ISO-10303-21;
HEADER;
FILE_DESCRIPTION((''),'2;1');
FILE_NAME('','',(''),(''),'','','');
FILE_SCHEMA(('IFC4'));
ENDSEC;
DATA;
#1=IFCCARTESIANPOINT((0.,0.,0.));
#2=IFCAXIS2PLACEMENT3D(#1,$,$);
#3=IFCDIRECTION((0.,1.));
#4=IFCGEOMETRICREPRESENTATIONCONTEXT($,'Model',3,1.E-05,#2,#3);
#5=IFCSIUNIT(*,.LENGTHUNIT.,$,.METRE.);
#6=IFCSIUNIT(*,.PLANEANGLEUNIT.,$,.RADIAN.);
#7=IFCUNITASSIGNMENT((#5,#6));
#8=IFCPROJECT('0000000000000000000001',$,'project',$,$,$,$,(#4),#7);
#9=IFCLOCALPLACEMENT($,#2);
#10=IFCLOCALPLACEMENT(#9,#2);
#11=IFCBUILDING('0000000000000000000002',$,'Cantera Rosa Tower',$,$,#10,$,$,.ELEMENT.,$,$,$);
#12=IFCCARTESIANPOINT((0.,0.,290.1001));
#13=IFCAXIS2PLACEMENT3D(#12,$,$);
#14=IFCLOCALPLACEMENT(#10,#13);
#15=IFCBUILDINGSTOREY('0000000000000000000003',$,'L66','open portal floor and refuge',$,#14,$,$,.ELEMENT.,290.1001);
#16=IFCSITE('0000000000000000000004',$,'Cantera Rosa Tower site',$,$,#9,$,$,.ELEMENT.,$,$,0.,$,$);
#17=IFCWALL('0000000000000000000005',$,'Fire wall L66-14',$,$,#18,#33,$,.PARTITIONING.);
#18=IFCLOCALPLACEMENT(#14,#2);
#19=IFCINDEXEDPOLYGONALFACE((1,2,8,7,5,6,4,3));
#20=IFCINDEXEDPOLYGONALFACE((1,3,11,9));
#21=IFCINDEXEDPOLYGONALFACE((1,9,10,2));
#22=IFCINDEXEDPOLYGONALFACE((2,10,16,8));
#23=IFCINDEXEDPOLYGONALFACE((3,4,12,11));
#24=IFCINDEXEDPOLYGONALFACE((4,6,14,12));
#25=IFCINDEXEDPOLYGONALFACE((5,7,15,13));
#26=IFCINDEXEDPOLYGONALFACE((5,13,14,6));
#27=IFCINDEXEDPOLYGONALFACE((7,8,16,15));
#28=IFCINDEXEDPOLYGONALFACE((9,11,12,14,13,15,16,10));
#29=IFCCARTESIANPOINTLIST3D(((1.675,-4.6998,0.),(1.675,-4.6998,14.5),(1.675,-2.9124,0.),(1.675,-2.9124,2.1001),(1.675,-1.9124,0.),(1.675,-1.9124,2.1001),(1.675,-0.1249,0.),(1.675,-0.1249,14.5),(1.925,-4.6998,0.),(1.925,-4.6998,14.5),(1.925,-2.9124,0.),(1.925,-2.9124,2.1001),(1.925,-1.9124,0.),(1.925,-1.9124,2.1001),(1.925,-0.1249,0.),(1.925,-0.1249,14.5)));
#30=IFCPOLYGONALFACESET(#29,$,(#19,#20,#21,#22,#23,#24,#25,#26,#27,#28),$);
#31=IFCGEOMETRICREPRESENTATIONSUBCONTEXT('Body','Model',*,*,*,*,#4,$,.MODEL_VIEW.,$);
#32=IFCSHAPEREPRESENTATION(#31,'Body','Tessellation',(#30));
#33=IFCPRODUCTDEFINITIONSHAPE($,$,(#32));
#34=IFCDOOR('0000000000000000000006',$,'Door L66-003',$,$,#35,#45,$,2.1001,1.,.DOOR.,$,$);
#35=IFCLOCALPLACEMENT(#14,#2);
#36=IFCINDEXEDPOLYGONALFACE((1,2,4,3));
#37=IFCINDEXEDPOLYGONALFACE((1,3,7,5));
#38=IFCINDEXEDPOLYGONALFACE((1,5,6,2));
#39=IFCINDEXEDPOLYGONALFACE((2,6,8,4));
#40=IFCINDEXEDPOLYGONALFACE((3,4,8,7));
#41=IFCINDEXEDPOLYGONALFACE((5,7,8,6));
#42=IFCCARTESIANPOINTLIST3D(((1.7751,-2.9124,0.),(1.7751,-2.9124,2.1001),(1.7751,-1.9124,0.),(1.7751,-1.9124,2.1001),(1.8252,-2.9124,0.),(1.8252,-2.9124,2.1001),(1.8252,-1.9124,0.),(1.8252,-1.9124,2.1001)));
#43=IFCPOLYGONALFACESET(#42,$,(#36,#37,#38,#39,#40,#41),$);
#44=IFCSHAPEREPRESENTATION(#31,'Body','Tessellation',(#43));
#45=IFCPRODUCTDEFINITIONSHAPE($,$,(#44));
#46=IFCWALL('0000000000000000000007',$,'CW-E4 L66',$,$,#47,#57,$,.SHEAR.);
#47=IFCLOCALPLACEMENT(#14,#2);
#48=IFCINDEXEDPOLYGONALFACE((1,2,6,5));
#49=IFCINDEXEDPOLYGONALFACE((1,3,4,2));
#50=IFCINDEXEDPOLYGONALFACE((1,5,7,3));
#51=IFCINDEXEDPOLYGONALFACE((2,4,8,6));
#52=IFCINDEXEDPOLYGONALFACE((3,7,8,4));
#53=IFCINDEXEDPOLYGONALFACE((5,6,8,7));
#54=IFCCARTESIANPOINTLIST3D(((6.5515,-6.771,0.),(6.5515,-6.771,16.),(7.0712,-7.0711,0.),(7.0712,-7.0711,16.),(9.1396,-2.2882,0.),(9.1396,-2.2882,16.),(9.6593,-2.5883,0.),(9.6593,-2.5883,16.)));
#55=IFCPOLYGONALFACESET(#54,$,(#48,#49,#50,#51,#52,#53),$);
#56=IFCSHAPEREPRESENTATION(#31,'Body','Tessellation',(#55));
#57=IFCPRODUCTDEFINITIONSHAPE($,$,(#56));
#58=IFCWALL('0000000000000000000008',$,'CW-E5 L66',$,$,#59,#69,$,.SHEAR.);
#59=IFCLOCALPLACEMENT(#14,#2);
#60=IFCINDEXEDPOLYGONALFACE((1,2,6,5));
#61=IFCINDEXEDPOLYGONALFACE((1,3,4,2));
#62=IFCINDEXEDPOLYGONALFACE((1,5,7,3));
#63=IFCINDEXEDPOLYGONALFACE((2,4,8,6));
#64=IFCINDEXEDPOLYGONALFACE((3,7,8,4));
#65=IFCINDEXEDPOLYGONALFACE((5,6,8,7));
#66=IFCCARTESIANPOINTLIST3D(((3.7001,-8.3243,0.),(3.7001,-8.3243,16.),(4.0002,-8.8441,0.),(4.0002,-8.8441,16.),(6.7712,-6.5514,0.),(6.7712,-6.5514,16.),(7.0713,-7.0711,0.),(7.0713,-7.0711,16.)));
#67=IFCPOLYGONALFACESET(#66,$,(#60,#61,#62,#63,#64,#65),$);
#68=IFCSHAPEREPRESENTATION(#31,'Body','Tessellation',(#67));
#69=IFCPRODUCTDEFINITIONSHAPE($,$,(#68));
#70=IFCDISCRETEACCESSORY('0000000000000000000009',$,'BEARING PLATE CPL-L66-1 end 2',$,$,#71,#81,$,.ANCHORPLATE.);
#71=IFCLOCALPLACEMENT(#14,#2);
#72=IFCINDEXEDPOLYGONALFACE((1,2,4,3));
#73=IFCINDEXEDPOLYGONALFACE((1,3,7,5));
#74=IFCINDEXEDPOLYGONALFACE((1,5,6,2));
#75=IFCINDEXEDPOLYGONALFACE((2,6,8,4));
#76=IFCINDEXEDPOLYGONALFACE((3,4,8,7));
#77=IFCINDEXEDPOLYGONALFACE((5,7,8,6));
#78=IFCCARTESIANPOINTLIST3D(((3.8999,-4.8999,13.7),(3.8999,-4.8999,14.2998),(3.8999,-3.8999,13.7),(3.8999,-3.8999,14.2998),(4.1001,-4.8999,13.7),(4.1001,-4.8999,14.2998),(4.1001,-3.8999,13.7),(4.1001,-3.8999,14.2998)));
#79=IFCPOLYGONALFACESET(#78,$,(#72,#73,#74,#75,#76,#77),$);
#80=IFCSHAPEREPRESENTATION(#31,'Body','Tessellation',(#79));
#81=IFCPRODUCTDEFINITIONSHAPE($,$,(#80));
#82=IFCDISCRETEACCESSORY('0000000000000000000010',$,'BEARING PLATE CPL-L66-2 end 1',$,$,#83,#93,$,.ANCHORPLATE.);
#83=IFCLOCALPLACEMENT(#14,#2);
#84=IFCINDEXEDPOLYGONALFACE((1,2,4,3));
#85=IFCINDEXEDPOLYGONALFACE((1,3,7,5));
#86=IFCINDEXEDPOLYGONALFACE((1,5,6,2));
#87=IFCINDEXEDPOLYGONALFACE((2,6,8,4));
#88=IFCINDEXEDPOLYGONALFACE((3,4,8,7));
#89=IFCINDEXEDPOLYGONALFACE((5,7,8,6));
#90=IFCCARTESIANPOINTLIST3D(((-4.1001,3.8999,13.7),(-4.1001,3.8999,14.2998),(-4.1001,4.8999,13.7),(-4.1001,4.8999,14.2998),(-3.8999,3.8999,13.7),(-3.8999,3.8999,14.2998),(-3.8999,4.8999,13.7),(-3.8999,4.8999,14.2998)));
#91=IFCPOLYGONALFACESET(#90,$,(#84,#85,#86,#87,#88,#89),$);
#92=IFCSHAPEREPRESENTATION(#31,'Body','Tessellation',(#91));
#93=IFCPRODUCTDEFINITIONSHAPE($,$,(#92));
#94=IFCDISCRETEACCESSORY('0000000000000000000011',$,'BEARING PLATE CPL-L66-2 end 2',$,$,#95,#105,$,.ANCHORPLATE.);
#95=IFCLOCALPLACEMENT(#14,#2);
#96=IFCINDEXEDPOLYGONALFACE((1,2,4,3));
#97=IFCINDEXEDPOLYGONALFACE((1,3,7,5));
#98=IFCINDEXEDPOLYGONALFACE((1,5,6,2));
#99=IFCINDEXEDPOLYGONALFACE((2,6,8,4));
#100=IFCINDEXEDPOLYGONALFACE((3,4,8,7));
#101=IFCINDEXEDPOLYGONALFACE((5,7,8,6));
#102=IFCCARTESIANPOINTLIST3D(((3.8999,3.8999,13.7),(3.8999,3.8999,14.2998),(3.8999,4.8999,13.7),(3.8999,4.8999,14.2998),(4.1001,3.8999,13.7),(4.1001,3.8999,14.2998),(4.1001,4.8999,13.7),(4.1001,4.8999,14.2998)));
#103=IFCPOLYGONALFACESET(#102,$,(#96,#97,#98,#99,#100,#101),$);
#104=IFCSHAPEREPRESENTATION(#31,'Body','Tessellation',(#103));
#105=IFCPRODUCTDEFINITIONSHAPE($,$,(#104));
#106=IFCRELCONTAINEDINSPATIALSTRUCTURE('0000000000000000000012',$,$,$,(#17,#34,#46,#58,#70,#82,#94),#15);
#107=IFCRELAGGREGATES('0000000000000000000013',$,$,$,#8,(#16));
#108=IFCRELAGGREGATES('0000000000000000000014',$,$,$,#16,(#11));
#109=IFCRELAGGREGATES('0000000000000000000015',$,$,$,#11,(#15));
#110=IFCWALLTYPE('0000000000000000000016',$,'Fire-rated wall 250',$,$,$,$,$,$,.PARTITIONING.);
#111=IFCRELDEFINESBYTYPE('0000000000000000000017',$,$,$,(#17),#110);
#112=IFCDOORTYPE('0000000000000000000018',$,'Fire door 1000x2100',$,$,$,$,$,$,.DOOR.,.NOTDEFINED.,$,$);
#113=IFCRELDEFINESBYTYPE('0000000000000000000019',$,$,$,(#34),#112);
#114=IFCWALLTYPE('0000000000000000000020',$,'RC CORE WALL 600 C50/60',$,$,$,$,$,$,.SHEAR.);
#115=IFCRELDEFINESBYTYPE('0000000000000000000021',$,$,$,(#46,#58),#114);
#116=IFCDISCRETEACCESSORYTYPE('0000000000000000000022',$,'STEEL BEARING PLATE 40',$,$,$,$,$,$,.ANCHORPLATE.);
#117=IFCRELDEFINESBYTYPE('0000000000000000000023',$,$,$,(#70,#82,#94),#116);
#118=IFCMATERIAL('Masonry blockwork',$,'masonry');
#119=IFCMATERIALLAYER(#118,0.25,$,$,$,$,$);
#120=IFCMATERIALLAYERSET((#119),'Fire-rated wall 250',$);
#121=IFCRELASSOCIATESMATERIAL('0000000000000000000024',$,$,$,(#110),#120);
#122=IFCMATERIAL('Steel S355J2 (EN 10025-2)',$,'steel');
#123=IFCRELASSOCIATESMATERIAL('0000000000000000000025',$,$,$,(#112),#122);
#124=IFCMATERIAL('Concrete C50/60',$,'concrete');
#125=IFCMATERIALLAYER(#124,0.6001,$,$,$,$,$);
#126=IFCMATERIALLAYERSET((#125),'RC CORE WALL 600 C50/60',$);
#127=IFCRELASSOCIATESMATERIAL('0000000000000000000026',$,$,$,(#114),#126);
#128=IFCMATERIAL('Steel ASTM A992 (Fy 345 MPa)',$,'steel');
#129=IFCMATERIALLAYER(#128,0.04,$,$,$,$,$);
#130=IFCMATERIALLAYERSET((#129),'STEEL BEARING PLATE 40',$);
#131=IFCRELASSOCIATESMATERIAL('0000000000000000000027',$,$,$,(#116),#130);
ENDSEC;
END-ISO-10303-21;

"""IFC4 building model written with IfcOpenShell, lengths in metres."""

from ifc_helpers import new_model, si_unit, direction, frame, frame_2d, origin, place, context, subcontext, project, spatial, polyline, rectangle, outline, extrude, material, layer, layer_set, type_object, element, fill, save


model = new_model("IFC4")

# Units and contexts
model_context = context("Model", 3, precision=1e-05, world=origin(), true_north=direction((0.0, 1.0)))
body_context = subcontext(model_context, "Body", "Model", "MODEL_VIEW")
ifc_project = project(units=[si_unit("LENGTHUNIT", "METRE"), si_unit("PLANEANGLEUNIT", "RADIAN")], contexts=[model_context])

# Site, building, storey
site_placement = place(None, origin())
site = spatial("IfcSite", under=ifc_project, at=site_placement, Name="Cantera Rosa Tower site", CompositionType="ELEMENT", RefElevation=0.0)
building_placement = place(site_placement, origin())
building = spatial("IfcBuilding", under=site, at=building_placement, Name="Cantera Rosa Tower", CompositionType="ELEMENT")
storey_placement = place(building_placement, frame((0.0, 0.0, 290.1001)))
storey = spatial("IfcBuildingStorey", under=building, at=storey_placement, Name="L66", Description="open portal floor and refuge", CompositionType="ELEMENT", Elevation=290.1001)

# Shared definitions
ifc_material_1 = material(Name="Masonry blockwork", Category="masonry")
ifc_layer_1 = layer(ifc_material_1, 0.25)
ifc_layer_set_1 = layer_set([ifc_layer_1], Name="Fire-rated wall 250")
wall_type_1 = type_object("IfcWallType", Name="Fire-rated wall 250", PredefinedType="PARTITIONING", material=ifc_layer_set_1)

# Wall, opening, door
ifc_material_2 = material(Name="Steel S355J2 (EN 10025-2)", Category="steel")
door_type = type_object("IfcDoorType", Name="Fire door 1000x2100", OperationType="NOTDEFINED", PredefinedType="DOOR", material=ifc_material_2)
wall_1_placement = place(storey_placement, frame((1.8, -4.7, 0.0), z_axis=(0.0, 0.0, 1.0), x_axis=(0.0, 1.0, 0.0)))
wall_1 = element("IfcWall", 1, at=wall_1_placement, inside=storey, type_object=wall_type_1, Name="Fire wall L66-14", PredefinedType="PARTITIONING", context=body_context, shape_type="SweptSolid", body=[
    extrude(rectangle(XDim=4.575, YDim=0.25, at=frame_2d((2.2876, 0.0))), origin(), (0.0, 0.0, 1.0), 14.5),
])
opening_1_placement = place(wall_1_placement, frame((1.7876, 0.0, 0.0)))
opening_1 = element("IfcOpeningElement", 2, at=opening_1_placement, cuts=wall_1, PredefinedType="OPENING", context=body_context, shape_type="SweptSolid", body=[
    extrude(rectangle(XDim=1.0, YDim=2.1001, at=frame_2d((0.5, 1.05))), frame((0.0, 0.135, 0.0), z_axis=(0.0, -1.0, 0.0), x_axis=(1.0, 0.0, 0.0)), (0.0, 0.0, 1.0), 0.27),
])
door_1_placement = place(opening_1_placement, origin())
door_1 = element("IfcDoor", 3, at=door_1_placement, inside=storey, type_object=door_type, Name="Door L66-003", OverallHeight=2.1001, OverallWidth=1.0, PredefinedType="DOOR", context=body_context, shape_type="SweptSolid", body=[
    extrude(rectangle(XDim=1.0, YDim=2.1001, at=frame_2d((0.5, 1.05))), frame((0.0, 0.0249, 0.0), z_axis=(0.0, -1.0, 0.0), x_axis=(1.0, 0.0, 0.0)), (0.0, 0.0, 1.0), 0.05),
])
fill(opening_1, door_1)

# Walls
ifc_material_3 = material(Name="Concrete C50/60", Category="concrete")
ifc_layer_2 = layer(ifc_material_3, 0.6001)
ifc_layer_set_2 = layer_set([ifc_layer_2], Name="RC CORE WALL 600 C50/60")
wall_type_2 = type_object("IfcWallType", Name="RC CORE WALL 600 C50/60", PredefinedType="SHEAR", material=ifc_layer_set_2)
wall_2_placement = place(storey_placement, frame((9.3994, -2.4382, 0.0), z_axis=(0.0, 0.0, 1.0), x_axis=(-0.499989, -0.866032, 0.0)))
element("IfcWall", 4, at=wall_2_placement, inside=storey, type_object=wall_type_2, Name="CW-E4 L66", PredefinedType="SHEAR", context=body_context, shape_type="SweptSolid", body=[
    extrude(rectangle(XDim=5.1763, YDim=0.6001, at=frame_2d((2.5881, 0.0))), origin(), (0.0, 0.0, 1.0), 16.0),
])
wall_3_placement = place(storey_placement, frame((6.9211, -6.8113, 0.0), z_axis=(0.0, 0.0, 1.0), x_axis=(-0.86604, -0.499975, 0.0)))
element("IfcWall", 5, at=wall_3_placement, inside=storey, type_object=wall_type_2, Name="CW-E5 L66", PredefinedType="SHEAR", context=body_context, shape_type="SweptSolid", body=[
    extrude(rectangle(XDim=3.5461, YDim=0.6001, at=frame_2d((1.7729, 0.0))), origin(), (0.0, 0.0, 1.0), 16.0),
])

# Discrete accessories
ifc_material_4 = material(Name="Steel ASTM A992 (Fy 345 MPa)", Category="steel")
ifc_layer_3 = layer(ifc_material_4, 0.04)
ifc_layer_set_3 = layer_set([ifc_layer_3], Name="STEEL BEARING PLATE 40")
discrete_accessory_type = type_object("IfcDiscreteAccessoryType", Name="STEEL BEARING PLATE 40", PredefinedType="ANCHORPLATE", material=ifc_layer_set_3)
discrete_accessory_1_placement = place(storey_placement, frame((0.0, 0.0, 13.7)))
element("IfcDiscreteAccessory", 6, at=discrete_accessory_1_placement, inside=storey, type_object=discrete_accessory_type, Name="BEARING PLATE CPL-L66-1 end 2", PredefinedType="ANCHORPLATE", context=body_context, shape_type="SweptSolid", body=[
    extrude(outline(polyline([(3.8999, -4.8999), (4.1001, -4.8999), (4.1001, -3.8999), (3.8999, -3.8999), (3.8999, -4.8999)])), origin(), (0.0, 0.0, 1.0), 0.5999),
])
discrete_accessory_2_placement = place(storey_placement, frame((0.0, 0.0, 13.7)))
element("IfcDiscreteAccessory", 7, at=discrete_accessory_2_placement, inside=storey, type_object=discrete_accessory_type, Name="BEARING PLATE CPL-L66-2 end 1", PredefinedType="ANCHORPLATE", context=body_context, shape_type="SweptSolid", body=[
    extrude(outline(polyline([(-3.8999, 4.8999), (-4.1001, 4.8999), (-4.1001, 3.8999), (-3.8999, 3.8999), (-3.8999, 4.8999)])), origin(), (0.0, 0.0, 1.0), 0.5999),
])
discrete_accessory_3_placement = place(storey_placement, frame((0.0, 0.0, 13.7)))
element("IfcDiscreteAccessory", 8, at=discrete_accessory_3_placement, inside=storey, type_object=discrete_accessory_type, Name="BEARING PLATE CPL-L66-2 end 2", PredefinedType="ANCHORPLATE", context=body_context, shape_type="SweptSolid", body=[
    extrude(outline(polyline([(3.8999, 3.8999), (4.1001, 3.8999), (4.1001, 4.8999), (3.8999, 4.8999), (3.8999, 3.8999)])), origin(), (0.0, 0.0, 1.0), 0.5999),
])

save(model, "model.ifc")
